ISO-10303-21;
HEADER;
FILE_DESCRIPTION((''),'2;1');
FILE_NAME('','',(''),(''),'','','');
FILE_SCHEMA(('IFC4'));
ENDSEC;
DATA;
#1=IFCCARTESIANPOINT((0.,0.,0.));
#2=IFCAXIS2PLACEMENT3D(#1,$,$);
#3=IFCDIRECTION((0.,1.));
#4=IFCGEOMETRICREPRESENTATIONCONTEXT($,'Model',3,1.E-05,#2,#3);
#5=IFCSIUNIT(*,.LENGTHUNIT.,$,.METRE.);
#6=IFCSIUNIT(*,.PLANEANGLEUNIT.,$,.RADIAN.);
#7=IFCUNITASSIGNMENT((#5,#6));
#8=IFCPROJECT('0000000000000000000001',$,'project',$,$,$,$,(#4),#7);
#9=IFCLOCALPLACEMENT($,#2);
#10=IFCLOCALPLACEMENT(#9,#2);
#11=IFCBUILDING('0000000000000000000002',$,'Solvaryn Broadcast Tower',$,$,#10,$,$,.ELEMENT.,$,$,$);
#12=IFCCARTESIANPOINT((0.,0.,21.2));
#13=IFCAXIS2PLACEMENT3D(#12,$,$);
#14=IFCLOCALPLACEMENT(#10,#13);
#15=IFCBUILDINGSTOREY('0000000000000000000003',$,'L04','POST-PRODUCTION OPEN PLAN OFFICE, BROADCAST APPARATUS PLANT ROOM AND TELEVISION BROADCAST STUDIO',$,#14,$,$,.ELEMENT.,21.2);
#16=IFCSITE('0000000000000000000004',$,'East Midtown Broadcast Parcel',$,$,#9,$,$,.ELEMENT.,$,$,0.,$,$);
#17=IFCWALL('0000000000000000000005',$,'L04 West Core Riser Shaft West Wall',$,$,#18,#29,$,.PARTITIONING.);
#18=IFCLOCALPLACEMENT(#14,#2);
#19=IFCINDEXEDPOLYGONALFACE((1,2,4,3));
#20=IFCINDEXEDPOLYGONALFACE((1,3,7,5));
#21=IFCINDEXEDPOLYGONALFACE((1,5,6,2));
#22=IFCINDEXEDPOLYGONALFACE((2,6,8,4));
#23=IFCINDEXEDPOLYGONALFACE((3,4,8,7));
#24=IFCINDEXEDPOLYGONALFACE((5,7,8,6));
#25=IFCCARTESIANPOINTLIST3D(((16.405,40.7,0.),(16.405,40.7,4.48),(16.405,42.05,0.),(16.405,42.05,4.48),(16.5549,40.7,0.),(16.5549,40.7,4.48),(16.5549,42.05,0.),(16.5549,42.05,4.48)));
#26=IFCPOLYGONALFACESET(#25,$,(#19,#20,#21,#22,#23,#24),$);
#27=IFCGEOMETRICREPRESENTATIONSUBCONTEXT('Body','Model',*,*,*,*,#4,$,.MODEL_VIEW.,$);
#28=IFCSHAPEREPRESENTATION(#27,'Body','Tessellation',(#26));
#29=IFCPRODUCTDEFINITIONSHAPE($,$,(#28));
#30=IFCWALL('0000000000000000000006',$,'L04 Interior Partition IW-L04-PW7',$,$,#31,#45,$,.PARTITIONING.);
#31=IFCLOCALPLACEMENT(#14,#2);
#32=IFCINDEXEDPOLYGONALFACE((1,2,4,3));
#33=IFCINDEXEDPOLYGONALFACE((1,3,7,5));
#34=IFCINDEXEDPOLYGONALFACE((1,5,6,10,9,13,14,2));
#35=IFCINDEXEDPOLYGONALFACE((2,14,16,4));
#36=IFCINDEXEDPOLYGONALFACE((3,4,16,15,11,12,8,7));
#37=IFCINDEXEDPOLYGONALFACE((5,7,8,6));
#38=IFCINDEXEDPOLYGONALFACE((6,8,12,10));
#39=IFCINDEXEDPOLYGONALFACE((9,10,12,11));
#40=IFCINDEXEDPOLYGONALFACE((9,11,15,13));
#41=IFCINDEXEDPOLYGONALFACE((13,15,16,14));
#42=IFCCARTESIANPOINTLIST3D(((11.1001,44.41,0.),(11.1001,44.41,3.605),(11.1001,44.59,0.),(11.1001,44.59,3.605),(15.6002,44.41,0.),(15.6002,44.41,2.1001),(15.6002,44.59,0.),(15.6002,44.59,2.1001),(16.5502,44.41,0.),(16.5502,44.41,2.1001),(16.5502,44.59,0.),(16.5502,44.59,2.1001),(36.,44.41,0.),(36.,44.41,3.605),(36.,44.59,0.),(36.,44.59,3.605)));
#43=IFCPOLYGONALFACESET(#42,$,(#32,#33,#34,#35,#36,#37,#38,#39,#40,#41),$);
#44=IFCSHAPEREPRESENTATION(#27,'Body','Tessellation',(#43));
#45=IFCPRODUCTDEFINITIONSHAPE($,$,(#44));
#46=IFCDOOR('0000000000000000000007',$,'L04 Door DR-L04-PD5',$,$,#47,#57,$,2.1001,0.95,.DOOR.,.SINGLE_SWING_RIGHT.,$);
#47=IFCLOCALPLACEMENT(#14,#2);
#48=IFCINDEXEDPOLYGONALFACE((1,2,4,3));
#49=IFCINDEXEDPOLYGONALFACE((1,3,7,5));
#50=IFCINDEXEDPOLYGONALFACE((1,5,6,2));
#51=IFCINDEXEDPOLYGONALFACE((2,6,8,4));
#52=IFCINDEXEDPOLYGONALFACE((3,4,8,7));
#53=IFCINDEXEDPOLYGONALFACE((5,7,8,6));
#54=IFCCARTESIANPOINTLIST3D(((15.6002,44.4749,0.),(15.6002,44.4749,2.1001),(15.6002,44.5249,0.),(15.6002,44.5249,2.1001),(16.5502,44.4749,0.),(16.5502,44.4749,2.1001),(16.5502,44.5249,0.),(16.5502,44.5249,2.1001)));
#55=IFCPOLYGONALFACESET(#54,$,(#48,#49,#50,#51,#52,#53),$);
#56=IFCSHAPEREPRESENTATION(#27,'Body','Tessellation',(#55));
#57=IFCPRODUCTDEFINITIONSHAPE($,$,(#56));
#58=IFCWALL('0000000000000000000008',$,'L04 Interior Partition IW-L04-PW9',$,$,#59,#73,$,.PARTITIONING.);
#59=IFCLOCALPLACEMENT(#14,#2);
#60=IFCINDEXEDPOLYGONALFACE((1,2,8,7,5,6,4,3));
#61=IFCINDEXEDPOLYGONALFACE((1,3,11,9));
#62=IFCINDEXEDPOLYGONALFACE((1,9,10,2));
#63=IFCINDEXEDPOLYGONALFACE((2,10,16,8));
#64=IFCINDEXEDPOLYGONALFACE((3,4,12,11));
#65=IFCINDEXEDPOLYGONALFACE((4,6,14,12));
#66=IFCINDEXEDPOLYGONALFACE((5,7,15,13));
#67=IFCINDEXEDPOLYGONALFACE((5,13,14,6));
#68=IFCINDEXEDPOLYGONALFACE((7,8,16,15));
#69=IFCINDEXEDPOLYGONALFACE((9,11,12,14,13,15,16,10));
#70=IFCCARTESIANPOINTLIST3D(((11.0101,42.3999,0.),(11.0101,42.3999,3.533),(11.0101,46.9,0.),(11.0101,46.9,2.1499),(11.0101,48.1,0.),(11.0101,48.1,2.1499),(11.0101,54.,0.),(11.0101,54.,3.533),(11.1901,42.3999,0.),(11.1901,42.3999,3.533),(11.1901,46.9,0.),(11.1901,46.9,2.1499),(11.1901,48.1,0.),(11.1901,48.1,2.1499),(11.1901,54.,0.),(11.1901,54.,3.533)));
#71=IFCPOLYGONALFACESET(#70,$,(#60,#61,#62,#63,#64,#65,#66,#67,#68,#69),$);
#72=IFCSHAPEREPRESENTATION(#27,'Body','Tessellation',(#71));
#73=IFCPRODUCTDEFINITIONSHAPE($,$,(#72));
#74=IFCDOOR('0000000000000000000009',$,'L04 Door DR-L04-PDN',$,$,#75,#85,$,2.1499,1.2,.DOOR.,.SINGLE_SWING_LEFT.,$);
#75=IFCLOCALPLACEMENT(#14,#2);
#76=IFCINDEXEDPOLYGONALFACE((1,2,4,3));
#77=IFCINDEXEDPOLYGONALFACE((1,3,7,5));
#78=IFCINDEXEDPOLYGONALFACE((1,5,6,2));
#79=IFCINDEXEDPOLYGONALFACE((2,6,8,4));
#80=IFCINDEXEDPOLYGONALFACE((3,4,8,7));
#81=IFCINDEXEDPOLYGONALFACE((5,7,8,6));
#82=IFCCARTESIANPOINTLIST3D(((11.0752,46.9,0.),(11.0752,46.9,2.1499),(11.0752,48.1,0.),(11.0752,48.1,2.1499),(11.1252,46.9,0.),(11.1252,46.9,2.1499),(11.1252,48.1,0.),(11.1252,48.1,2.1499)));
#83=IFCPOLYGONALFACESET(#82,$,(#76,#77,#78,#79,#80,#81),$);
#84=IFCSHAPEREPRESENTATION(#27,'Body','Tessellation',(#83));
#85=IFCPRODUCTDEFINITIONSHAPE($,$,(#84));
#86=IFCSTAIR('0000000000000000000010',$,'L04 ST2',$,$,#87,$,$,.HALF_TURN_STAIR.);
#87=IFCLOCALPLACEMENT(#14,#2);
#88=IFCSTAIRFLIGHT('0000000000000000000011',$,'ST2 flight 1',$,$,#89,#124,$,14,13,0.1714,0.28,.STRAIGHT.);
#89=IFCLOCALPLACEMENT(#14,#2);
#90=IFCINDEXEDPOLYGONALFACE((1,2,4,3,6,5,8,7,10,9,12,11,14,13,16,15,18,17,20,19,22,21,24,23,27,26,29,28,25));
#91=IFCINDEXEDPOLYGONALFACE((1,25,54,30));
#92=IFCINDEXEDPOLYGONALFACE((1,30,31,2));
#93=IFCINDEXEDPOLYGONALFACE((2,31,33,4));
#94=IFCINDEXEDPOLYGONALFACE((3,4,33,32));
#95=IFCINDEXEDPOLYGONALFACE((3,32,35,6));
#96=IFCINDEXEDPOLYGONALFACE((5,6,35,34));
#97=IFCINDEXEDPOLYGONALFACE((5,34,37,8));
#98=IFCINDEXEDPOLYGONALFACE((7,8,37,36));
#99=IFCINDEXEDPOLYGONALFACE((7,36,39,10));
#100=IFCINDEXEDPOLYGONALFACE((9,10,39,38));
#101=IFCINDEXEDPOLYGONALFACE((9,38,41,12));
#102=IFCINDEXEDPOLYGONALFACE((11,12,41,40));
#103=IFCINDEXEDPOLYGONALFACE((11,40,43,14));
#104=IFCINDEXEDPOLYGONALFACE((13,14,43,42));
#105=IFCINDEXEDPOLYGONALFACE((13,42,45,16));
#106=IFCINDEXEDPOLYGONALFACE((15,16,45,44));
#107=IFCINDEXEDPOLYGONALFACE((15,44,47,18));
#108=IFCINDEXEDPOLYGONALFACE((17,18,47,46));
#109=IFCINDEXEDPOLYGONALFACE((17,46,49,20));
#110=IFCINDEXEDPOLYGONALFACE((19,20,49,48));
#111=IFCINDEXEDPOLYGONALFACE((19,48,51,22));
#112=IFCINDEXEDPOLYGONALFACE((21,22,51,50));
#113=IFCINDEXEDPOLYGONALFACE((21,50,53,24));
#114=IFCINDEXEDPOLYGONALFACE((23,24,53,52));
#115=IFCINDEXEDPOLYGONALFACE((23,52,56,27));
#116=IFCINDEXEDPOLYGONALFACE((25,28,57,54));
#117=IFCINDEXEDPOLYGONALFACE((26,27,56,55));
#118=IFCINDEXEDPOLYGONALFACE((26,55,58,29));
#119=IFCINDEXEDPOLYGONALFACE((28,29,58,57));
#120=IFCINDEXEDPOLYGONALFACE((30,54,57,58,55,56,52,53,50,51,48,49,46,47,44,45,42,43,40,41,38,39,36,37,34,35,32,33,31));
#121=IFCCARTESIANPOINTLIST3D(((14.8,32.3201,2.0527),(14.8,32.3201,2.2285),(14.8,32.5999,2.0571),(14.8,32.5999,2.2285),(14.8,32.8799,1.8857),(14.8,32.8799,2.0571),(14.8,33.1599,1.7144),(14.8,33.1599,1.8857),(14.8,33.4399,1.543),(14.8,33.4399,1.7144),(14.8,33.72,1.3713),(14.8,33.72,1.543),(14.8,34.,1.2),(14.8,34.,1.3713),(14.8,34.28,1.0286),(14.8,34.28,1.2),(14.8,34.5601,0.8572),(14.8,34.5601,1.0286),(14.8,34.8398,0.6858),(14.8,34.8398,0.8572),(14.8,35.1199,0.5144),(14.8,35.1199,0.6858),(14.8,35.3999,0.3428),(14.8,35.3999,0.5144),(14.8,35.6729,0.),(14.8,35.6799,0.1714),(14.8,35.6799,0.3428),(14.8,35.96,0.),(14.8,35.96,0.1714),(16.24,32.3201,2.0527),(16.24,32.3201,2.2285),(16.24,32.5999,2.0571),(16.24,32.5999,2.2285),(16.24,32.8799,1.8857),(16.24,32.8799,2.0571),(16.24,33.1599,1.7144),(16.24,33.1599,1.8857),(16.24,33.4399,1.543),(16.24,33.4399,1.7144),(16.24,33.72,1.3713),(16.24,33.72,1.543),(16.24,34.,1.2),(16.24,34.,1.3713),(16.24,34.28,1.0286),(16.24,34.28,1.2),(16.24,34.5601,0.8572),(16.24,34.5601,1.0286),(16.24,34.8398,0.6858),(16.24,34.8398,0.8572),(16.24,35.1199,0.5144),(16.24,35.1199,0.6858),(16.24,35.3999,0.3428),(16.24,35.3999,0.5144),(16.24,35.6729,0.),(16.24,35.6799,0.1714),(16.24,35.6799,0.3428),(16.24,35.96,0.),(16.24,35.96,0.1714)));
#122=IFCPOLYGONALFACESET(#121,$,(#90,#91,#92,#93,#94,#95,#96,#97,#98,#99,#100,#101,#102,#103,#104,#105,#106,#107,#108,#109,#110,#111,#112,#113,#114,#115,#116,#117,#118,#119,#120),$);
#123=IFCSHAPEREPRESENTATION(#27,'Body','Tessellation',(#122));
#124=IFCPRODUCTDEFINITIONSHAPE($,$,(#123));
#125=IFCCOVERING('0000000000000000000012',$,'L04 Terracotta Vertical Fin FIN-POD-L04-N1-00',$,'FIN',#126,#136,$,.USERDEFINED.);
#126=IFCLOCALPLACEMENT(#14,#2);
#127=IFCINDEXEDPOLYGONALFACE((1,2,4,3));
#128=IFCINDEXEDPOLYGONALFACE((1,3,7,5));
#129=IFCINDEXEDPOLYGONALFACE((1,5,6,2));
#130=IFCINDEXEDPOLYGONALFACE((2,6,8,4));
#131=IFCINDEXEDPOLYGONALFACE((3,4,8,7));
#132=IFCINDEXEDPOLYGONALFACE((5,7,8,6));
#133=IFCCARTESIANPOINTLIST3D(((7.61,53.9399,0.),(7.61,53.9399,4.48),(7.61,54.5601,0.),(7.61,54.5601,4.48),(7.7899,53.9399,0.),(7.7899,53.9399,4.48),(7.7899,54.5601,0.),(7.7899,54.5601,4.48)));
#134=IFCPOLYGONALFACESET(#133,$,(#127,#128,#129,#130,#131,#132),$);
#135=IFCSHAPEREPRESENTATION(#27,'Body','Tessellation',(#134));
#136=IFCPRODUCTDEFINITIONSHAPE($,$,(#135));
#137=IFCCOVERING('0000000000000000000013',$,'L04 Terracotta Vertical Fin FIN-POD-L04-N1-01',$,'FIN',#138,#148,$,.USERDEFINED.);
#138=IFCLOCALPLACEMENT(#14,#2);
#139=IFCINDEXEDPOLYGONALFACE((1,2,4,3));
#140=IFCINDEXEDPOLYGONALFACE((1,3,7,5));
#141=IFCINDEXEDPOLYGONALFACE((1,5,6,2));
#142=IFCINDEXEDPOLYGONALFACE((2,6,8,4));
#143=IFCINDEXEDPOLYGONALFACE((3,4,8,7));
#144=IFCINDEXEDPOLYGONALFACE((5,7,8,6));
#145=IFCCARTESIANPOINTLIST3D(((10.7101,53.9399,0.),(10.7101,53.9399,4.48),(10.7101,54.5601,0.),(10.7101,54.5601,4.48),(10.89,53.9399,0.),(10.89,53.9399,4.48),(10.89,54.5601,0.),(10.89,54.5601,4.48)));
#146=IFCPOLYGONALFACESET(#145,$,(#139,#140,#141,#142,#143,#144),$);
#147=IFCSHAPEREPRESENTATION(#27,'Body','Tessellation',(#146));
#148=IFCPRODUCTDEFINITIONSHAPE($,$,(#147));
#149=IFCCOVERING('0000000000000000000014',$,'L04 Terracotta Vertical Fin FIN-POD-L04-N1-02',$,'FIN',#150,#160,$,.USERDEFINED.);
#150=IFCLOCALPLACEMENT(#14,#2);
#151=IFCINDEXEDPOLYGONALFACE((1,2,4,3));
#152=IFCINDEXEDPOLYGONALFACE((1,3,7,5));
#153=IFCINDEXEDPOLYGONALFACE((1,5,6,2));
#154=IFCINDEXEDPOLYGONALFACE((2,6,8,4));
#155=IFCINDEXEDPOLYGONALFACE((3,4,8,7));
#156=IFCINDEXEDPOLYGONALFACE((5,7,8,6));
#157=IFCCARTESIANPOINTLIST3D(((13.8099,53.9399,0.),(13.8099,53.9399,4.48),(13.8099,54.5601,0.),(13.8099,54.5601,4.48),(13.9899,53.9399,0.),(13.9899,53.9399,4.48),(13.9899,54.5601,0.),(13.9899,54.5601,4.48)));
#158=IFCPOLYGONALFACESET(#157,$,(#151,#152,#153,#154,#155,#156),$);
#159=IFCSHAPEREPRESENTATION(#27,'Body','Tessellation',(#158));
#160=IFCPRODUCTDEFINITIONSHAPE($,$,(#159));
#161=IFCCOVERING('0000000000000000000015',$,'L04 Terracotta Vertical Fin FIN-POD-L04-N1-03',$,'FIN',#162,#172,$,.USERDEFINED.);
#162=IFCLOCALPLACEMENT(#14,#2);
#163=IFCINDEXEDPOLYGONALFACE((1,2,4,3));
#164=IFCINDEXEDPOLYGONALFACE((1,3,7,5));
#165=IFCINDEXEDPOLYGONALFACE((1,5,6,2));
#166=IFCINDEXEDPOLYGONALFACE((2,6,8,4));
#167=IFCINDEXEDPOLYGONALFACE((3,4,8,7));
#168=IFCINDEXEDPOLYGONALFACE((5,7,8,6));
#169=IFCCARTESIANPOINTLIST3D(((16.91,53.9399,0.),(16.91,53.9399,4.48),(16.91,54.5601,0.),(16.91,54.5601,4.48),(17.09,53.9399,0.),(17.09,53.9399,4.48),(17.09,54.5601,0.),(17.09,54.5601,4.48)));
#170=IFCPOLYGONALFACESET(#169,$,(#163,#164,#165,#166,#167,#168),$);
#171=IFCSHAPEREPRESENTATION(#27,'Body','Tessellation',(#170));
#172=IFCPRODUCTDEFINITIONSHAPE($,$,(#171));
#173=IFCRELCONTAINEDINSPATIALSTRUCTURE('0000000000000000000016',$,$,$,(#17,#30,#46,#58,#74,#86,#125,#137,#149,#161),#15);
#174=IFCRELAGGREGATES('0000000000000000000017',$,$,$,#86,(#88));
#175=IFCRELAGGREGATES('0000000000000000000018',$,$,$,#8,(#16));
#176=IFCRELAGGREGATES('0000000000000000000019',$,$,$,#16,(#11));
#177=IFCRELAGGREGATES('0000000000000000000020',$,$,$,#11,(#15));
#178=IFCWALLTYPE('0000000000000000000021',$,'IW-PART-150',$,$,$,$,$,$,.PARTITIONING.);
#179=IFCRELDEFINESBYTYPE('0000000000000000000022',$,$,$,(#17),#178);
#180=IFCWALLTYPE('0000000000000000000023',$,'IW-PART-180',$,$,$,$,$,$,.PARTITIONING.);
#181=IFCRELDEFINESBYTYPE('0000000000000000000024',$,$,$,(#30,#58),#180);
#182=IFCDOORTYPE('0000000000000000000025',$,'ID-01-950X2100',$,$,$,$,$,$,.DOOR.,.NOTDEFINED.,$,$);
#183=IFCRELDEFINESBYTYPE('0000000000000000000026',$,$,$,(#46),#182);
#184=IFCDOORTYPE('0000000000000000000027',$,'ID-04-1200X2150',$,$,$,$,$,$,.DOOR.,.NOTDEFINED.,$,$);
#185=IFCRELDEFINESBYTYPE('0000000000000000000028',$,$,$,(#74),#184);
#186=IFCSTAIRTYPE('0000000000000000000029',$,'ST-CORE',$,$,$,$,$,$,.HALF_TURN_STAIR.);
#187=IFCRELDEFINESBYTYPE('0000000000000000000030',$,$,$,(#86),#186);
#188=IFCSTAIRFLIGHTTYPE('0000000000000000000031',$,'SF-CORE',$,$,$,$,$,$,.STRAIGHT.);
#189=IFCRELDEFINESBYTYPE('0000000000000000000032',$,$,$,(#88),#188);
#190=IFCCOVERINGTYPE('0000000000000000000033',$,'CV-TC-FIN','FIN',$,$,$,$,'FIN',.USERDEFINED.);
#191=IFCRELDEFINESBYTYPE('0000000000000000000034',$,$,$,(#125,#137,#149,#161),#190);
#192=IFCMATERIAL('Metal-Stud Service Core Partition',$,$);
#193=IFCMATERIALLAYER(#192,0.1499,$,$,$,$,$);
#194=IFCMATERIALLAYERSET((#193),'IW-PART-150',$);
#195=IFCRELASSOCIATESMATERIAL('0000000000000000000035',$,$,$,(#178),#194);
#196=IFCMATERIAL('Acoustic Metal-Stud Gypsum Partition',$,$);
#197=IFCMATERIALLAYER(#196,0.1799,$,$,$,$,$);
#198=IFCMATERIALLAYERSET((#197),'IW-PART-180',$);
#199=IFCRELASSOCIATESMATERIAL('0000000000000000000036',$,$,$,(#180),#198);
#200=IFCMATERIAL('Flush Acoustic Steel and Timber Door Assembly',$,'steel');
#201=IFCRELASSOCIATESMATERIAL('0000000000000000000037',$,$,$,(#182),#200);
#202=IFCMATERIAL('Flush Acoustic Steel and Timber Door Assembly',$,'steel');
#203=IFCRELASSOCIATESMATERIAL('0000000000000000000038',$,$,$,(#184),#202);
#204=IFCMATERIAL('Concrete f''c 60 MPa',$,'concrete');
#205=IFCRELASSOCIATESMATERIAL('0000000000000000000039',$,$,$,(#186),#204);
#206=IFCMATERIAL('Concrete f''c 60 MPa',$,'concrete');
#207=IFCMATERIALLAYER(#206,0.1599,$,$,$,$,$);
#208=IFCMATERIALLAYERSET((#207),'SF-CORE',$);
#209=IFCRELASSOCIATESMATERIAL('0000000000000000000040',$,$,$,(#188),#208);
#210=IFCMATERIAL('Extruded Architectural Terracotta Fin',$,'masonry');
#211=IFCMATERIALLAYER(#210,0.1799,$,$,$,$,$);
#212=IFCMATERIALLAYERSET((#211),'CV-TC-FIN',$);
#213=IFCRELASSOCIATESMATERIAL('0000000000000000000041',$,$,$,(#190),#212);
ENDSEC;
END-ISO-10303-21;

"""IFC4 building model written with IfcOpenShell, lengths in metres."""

from ifc_helpers import new_model, si_unit, direction, frame, frame_2d, origin, origin_2d, place, context, subcontext, project, spatial, polyline, rectangle, outline, extrude, material, layer, layer_set, type_object, element, fill, aggregate, save


model = new_model("IFC4")

# Units and contexts
model_context = context("Model", 3, precision=1e-05, world=origin(), true_north=direction((0.0, 1.0)))
body_context = subcontext(model_context, "Body", "Model", "MODEL_VIEW")
ifc_project = project(units=[si_unit("LENGTHUNIT", "METRE"), si_unit("PLANEANGLEUNIT", "RADIAN")], contexts=[model_context])

# Site, building, storey
site_placement = place(None, origin())
site = spatial("IfcSite", under=ifc_project, at=site_placement, Name="East Midtown Broadcast Parcel", CompositionType="ELEMENT", RefElevation=0.0)
building_placement = place(site_placement, origin())
building = spatial("IfcBuilding", under=site, at=building_placement, Name="Solvaryn Broadcast Tower", CompositionType="ELEMENT")
storey_placement = place(building_placement, frame((0.0, 0.0, 21.2)))
storey = spatial("IfcBuildingStorey", under=building, at=storey_placement, Name="L04", Description="POST-PRODUCTION OPEN PLAN OFFICE, BROADCAST APPARATUS PLANT ROOM AND TELEVISION BROADCAST STUDIO", CompositionType="ELEMENT", Elevation=21.2)

# Wall
ifc_material_1 = material(Name="Metal-Stud Service Core Partition")
ifc_layer_1 = layer(ifc_material_1, 0.1499)
ifc_layer_set_1 = layer_set([ifc_layer_1], Name="IW-PART-150")
wall_type_1 = type_object("IfcWallType", Name="IW-PART-150", PredefinedType="PARTITIONING", material=ifc_layer_set_1)
wall_1_placement = place(storey_placement, frame((16.48, 40.7, 0.0), z_axis=(0.0, 0.0, 1.0), x_axis=(0.0, 1.0, 0.0)))
element("IfcWall", 1, at=wall_1_placement, inside=storey, type_object=wall_type_1, Name="L04 West Core Riser Shaft West Wall", PredefinedType="PARTITIONING", context=body_context, shape_type="SweptSolid", body=[
    extrude(rectangle(XDim=1.3501, YDim=0.1499, at=frame_2d((0.675, 0.0))), origin(), (0.0, 0.0, 1.0), 4.48),
])

# Walls, openings, doors
ifc_material_2 = material(Name="Acoustic Metal-Stud Gypsum Partition")
ifc_layer_2 = layer(ifc_material_2, 0.1799)
ifc_layer_set_2 = layer_set([ifc_layer_2], Name="IW-PART-180")
wall_type_2 = type_object("IfcWallType", Name="IW-PART-180", PredefinedType="PARTITIONING", material=ifc_layer_set_2)
wall_2_placement = place(storey_placement, frame((11.1001, 44.5, 0.0), z_axis=(0.0, 0.0, 1.0), x_axis=(1.0, 0.0, 0.0)))
wall_2 = element("IfcWall", 2, at=wall_2_placement, inside=storey, type_object=wall_type_2, Name="L04 Interior Partition IW-L04-PW7", PredefinedType="PARTITIONING", context=body_context, shape_type="SweptSolid", body=[
    extrude(rectangle(XDim=24.8999, YDim=0.1799, at=frame_2d((12.45, 0.0))), origin(), (0.0, 0.0, 1.0), 3.605),
])
opening_1_placement = place(wall_2_placement, frame((4.5, 0.0, 0.0)))
opening_1 = element("IfcOpeningElement", 3, at=opening_1_placement, cuts=wall_2, PredefinedType="OPENING", context=body_context, shape_type="SweptSolid", body=[
    extrude(rectangle(XDim=0.95, YDim=2.1001, at=frame_2d((0.4751, 1.05))), frame((0.0, 0.0999, 0.0), z_axis=(0.0, -1.0, 0.0), x_axis=(1.0, 0.0, 0.0)), (0.0, 0.0, 1.0), 0.2),
])
ifc_material_3 = material(Name="Flush Acoustic Steel and Timber Door Assembly", Category="steel")
door_type_1 = type_object("IfcDoorType", Name="ID-01-950X2100", OperationType="NOTDEFINED", PredefinedType="DOOR", material=ifc_material_3)
door_1_placement = place(opening_1_placement, origin())
door_1 = element("IfcDoor", 4, at=door_1_placement, inside=storey, type_object=door_type_1, Name="L04 Door DR-L04-PD5", OperationType="SINGLE_SWING_RIGHT", OverallHeight=2.1001, OverallWidth=0.95, PredefinedType="DOOR", context=body_context, shape_type="SweptSolid", body=[
    extrude(rectangle(XDim=0.95, YDim=2.1001, at=frame_2d((0.4751, 1.05))), frame((0.0, 0.0249, 0.0), z_axis=(0.0, -1.0, 0.0), x_axis=(1.0, 0.0, 0.0)), (0.0, 0.0, 1.0), 0.05),
])
fill(opening_1, door_1)
wall_3_placement = place(storey_placement, frame((11.1001, 42.3999, 0.0), z_axis=(0.0, 0.0, 1.0), x_axis=(0.0, 1.0, 0.0)))
wall_3 = element("IfcWall", 5, at=wall_3_placement, inside=storey, type_object=wall_type_2, Name="L04 Interior Partition IW-L04-PW9", PredefinedType="PARTITIONING", context=body_context, shape_type="SweptSolid", body=[
    extrude(rectangle(XDim=11.6001, YDim=0.1799, at=frame_2d((5.8, 0.0))), origin(), (0.0, 0.0, 1.0), 3.533),
])
opening_2_placement = place(wall_3_placement, frame((4.5, 0.0, 0.0)))
opening_2 = element("IfcOpeningElement", 6, at=opening_2_placement, cuts=wall_3, PredefinedType="OPENING", context=body_context, shape_type="SweptSolid", body=[
    extrude(rectangle(XDim=1.2, YDim=2.1499, at=frame_2d((0.6001, 1.075))), frame((0.0, 0.0999, 0.0), z_axis=(0.0, -1.0, 0.0), x_axis=(1.0, 0.0, 0.0)), (0.0, 0.0, 1.0), 0.2),
])
ifc_material_4 = material(Name="Flush Acoustic Steel and Timber Door Assembly", Category="steel")
door_type_2 = type_object("IfcDoorType", Name="ID-04-1200X2150", OperationType="NOTDEFINED", PredefinedType="DOOR", material=ifc_material_4)
door_2_placement = place(opening_2_placement, origin())
door_2 = element("IfcDoor", 7, at=door_2_placement, inside=storey, type_object=door_type_2, Name="L04 Door DR-L04-PDN", OperationType="SINGLE_SWING_LEFT", OverallHeight=2.1499, OverallWidth=1.2, PredefinedType="DOOR", context=body_context, shape_type="SweptSolid", body=[
    extrude(rectangle(XDim=1.2, YDim=2.1499, at=frame_2d((0.6001, 1.075))), frame((0.0, 0.0249, 0.0), z_axis=(0.0, -1.0, 0.0), x_axis=(1.0, 0.0, 0.0)), (0.0, 0.0, 1.0), 0.05),
])
fill(opening_2, door_2)

# Stair, stair flight
ifc_material_5 = material(Name="Concrete f'c 60 MPa", Category="concrete")
stair_type = type_object("IfcStairType", Name="ST-CORE", PredefinedType="HALF_TURN_STAIR", material=ifc_material_5)
stair_placement = place(storey_placement, origin())
stair = element("IfcStair", 8, at=stair_placement, inside=storey, type_object=stair_type, Name="L04 ST2", PredefinedType="HALF_TURN_STAIR")
ifc_material_6 = material(Name="Concrete f'c 60 MPa", Category="concrete")
ifc_layer_3 = layer(ifc_material_6, 0.1599)
ifc_layer_set_3 = layer_set([ifc_layer_3], Name="SF-CORE")
stair_flight_type = type_object("IfcStairFlightType", Name="SF-CORE", PredefinedType="STRAIGHT", material=ifc_layer_set_3)
stair_flight_placement = place(storey_placement, frame((15.52, 35.96, 0.0), z_axis=(0.0, 0.0, 1.0), x_axis=(0.0, -1.0, 0.0)))
stair_flight = element("IfcStairFlight", 9, at=stair_flight_placement, type_object=stair_flight_type, Name="ST2 flight 1", NumberOfRisers=14, NumberOfTreads=13, PredefinedType="STRAIGHT", RiserHeight=0.1714, TreadLength=0.28, context=body_context, shape_type="SweptSolid", body=[
    extrude(outline(polyline([(0.0, 0.0), (0.0, 0.1714), (0.28, 0.1714), (0.28, 0.3428), (0.5601, 0.3428), (0.5601, 0.5144), (0.8401, 0.5144), (0.8401, 0.6858), (1.1201, 0.6858), (1.1201, 0.8572), (1.3999, 0.8572), (1.3999, 1.0286), (1.6799, 1.0286), (1.6799, 1.2), (1.96, 1.2), (1.96, 1.3713), (2.24, 1.3713), (2.24, 1.543), (2.52, 1.543), (2.52, 1.7144), (2.8, 1.7144), (2.8, 1.8857), (3.0801, 1.8857), (3.0801, 2.0571), (3.3601, 2.0571), (3.3601, 2.2285), (3.6399, 2.2285), (3.6399, 2.3999), (3.6399, 2.0527), (0.2871, 0.0), (0.0, 0.0)])), frame((0.0, 0.72, 0.0), z_axis=(0.0, -1.0, 0.0), x_axis=(1.0, 0.0, 0.0)), (0.0, 0.0, 1.0), 1.4399),
])
aggregate(stair, [stair_flight])

# Coverings
ifc_material_7 = material(Name="Extruded Architectural Terracotta Fin", Category="masonry")
ifc_layer_4 = layer(ifc_material_7, 0.1799)
ifc_layer_set_4 = layer_set([ifc_layer_4], Name="CV-TC-FIN")
covering_type = type_object("IfcCoveringType", Name="CV-TC-FIN", Description="FIN", ElementType="FIN", PredefinedType="USERDEFINED", material=ifc_layer_set_4)
for number, where, z_axis, x_axis, name in (
    (10, (7.7, 54.25, 0.0), (0.0, 0.0, 1.0), (1.0, 0.0, 0.0), "L04 Terracotta Vertical Fin FIN-POD-L04-N1-00"),
    (11, (10.8, 54.25, 0.0), (0.0, 0.0, 1.0), (1.0, 0.0, 0.0), "L04 Terracotta Vertical Fin FIN-POD-L04-N1-01"),
    (12, (13.8999, 54.25, 0.0), (0.0, 0.0, 1.0), (1.0, 0.0, 0.0), "L04 Terracotta Vertical Fin FIN-POD-L04-N1-02"),
    (13, (17.0, 54.25, 0.0), (0.0, 0.0, 1.0), (1.0, 0.0, 0.0), "L04 Terracotta Vertical Fin FIN-POD-L04-N1-03"),
):
    element("IfcCovering", number, at=place(storey_placement, frame(where, z_axis=z_axis, x_axis=x_axis)), inside=storey, type_object=covering_type, Name=name, ObjectType="FIN", PredefinedType="USERDEFINED", context=body_context, shape_type="SweptSolid", body=[
        extrude(rectangle(XDim=0.1799, YDim=0.6201, at=origin_2d()), origin(), (0.0, 0.0, 1.0), 4.48),
    ])

save(model, "model.ifc")
